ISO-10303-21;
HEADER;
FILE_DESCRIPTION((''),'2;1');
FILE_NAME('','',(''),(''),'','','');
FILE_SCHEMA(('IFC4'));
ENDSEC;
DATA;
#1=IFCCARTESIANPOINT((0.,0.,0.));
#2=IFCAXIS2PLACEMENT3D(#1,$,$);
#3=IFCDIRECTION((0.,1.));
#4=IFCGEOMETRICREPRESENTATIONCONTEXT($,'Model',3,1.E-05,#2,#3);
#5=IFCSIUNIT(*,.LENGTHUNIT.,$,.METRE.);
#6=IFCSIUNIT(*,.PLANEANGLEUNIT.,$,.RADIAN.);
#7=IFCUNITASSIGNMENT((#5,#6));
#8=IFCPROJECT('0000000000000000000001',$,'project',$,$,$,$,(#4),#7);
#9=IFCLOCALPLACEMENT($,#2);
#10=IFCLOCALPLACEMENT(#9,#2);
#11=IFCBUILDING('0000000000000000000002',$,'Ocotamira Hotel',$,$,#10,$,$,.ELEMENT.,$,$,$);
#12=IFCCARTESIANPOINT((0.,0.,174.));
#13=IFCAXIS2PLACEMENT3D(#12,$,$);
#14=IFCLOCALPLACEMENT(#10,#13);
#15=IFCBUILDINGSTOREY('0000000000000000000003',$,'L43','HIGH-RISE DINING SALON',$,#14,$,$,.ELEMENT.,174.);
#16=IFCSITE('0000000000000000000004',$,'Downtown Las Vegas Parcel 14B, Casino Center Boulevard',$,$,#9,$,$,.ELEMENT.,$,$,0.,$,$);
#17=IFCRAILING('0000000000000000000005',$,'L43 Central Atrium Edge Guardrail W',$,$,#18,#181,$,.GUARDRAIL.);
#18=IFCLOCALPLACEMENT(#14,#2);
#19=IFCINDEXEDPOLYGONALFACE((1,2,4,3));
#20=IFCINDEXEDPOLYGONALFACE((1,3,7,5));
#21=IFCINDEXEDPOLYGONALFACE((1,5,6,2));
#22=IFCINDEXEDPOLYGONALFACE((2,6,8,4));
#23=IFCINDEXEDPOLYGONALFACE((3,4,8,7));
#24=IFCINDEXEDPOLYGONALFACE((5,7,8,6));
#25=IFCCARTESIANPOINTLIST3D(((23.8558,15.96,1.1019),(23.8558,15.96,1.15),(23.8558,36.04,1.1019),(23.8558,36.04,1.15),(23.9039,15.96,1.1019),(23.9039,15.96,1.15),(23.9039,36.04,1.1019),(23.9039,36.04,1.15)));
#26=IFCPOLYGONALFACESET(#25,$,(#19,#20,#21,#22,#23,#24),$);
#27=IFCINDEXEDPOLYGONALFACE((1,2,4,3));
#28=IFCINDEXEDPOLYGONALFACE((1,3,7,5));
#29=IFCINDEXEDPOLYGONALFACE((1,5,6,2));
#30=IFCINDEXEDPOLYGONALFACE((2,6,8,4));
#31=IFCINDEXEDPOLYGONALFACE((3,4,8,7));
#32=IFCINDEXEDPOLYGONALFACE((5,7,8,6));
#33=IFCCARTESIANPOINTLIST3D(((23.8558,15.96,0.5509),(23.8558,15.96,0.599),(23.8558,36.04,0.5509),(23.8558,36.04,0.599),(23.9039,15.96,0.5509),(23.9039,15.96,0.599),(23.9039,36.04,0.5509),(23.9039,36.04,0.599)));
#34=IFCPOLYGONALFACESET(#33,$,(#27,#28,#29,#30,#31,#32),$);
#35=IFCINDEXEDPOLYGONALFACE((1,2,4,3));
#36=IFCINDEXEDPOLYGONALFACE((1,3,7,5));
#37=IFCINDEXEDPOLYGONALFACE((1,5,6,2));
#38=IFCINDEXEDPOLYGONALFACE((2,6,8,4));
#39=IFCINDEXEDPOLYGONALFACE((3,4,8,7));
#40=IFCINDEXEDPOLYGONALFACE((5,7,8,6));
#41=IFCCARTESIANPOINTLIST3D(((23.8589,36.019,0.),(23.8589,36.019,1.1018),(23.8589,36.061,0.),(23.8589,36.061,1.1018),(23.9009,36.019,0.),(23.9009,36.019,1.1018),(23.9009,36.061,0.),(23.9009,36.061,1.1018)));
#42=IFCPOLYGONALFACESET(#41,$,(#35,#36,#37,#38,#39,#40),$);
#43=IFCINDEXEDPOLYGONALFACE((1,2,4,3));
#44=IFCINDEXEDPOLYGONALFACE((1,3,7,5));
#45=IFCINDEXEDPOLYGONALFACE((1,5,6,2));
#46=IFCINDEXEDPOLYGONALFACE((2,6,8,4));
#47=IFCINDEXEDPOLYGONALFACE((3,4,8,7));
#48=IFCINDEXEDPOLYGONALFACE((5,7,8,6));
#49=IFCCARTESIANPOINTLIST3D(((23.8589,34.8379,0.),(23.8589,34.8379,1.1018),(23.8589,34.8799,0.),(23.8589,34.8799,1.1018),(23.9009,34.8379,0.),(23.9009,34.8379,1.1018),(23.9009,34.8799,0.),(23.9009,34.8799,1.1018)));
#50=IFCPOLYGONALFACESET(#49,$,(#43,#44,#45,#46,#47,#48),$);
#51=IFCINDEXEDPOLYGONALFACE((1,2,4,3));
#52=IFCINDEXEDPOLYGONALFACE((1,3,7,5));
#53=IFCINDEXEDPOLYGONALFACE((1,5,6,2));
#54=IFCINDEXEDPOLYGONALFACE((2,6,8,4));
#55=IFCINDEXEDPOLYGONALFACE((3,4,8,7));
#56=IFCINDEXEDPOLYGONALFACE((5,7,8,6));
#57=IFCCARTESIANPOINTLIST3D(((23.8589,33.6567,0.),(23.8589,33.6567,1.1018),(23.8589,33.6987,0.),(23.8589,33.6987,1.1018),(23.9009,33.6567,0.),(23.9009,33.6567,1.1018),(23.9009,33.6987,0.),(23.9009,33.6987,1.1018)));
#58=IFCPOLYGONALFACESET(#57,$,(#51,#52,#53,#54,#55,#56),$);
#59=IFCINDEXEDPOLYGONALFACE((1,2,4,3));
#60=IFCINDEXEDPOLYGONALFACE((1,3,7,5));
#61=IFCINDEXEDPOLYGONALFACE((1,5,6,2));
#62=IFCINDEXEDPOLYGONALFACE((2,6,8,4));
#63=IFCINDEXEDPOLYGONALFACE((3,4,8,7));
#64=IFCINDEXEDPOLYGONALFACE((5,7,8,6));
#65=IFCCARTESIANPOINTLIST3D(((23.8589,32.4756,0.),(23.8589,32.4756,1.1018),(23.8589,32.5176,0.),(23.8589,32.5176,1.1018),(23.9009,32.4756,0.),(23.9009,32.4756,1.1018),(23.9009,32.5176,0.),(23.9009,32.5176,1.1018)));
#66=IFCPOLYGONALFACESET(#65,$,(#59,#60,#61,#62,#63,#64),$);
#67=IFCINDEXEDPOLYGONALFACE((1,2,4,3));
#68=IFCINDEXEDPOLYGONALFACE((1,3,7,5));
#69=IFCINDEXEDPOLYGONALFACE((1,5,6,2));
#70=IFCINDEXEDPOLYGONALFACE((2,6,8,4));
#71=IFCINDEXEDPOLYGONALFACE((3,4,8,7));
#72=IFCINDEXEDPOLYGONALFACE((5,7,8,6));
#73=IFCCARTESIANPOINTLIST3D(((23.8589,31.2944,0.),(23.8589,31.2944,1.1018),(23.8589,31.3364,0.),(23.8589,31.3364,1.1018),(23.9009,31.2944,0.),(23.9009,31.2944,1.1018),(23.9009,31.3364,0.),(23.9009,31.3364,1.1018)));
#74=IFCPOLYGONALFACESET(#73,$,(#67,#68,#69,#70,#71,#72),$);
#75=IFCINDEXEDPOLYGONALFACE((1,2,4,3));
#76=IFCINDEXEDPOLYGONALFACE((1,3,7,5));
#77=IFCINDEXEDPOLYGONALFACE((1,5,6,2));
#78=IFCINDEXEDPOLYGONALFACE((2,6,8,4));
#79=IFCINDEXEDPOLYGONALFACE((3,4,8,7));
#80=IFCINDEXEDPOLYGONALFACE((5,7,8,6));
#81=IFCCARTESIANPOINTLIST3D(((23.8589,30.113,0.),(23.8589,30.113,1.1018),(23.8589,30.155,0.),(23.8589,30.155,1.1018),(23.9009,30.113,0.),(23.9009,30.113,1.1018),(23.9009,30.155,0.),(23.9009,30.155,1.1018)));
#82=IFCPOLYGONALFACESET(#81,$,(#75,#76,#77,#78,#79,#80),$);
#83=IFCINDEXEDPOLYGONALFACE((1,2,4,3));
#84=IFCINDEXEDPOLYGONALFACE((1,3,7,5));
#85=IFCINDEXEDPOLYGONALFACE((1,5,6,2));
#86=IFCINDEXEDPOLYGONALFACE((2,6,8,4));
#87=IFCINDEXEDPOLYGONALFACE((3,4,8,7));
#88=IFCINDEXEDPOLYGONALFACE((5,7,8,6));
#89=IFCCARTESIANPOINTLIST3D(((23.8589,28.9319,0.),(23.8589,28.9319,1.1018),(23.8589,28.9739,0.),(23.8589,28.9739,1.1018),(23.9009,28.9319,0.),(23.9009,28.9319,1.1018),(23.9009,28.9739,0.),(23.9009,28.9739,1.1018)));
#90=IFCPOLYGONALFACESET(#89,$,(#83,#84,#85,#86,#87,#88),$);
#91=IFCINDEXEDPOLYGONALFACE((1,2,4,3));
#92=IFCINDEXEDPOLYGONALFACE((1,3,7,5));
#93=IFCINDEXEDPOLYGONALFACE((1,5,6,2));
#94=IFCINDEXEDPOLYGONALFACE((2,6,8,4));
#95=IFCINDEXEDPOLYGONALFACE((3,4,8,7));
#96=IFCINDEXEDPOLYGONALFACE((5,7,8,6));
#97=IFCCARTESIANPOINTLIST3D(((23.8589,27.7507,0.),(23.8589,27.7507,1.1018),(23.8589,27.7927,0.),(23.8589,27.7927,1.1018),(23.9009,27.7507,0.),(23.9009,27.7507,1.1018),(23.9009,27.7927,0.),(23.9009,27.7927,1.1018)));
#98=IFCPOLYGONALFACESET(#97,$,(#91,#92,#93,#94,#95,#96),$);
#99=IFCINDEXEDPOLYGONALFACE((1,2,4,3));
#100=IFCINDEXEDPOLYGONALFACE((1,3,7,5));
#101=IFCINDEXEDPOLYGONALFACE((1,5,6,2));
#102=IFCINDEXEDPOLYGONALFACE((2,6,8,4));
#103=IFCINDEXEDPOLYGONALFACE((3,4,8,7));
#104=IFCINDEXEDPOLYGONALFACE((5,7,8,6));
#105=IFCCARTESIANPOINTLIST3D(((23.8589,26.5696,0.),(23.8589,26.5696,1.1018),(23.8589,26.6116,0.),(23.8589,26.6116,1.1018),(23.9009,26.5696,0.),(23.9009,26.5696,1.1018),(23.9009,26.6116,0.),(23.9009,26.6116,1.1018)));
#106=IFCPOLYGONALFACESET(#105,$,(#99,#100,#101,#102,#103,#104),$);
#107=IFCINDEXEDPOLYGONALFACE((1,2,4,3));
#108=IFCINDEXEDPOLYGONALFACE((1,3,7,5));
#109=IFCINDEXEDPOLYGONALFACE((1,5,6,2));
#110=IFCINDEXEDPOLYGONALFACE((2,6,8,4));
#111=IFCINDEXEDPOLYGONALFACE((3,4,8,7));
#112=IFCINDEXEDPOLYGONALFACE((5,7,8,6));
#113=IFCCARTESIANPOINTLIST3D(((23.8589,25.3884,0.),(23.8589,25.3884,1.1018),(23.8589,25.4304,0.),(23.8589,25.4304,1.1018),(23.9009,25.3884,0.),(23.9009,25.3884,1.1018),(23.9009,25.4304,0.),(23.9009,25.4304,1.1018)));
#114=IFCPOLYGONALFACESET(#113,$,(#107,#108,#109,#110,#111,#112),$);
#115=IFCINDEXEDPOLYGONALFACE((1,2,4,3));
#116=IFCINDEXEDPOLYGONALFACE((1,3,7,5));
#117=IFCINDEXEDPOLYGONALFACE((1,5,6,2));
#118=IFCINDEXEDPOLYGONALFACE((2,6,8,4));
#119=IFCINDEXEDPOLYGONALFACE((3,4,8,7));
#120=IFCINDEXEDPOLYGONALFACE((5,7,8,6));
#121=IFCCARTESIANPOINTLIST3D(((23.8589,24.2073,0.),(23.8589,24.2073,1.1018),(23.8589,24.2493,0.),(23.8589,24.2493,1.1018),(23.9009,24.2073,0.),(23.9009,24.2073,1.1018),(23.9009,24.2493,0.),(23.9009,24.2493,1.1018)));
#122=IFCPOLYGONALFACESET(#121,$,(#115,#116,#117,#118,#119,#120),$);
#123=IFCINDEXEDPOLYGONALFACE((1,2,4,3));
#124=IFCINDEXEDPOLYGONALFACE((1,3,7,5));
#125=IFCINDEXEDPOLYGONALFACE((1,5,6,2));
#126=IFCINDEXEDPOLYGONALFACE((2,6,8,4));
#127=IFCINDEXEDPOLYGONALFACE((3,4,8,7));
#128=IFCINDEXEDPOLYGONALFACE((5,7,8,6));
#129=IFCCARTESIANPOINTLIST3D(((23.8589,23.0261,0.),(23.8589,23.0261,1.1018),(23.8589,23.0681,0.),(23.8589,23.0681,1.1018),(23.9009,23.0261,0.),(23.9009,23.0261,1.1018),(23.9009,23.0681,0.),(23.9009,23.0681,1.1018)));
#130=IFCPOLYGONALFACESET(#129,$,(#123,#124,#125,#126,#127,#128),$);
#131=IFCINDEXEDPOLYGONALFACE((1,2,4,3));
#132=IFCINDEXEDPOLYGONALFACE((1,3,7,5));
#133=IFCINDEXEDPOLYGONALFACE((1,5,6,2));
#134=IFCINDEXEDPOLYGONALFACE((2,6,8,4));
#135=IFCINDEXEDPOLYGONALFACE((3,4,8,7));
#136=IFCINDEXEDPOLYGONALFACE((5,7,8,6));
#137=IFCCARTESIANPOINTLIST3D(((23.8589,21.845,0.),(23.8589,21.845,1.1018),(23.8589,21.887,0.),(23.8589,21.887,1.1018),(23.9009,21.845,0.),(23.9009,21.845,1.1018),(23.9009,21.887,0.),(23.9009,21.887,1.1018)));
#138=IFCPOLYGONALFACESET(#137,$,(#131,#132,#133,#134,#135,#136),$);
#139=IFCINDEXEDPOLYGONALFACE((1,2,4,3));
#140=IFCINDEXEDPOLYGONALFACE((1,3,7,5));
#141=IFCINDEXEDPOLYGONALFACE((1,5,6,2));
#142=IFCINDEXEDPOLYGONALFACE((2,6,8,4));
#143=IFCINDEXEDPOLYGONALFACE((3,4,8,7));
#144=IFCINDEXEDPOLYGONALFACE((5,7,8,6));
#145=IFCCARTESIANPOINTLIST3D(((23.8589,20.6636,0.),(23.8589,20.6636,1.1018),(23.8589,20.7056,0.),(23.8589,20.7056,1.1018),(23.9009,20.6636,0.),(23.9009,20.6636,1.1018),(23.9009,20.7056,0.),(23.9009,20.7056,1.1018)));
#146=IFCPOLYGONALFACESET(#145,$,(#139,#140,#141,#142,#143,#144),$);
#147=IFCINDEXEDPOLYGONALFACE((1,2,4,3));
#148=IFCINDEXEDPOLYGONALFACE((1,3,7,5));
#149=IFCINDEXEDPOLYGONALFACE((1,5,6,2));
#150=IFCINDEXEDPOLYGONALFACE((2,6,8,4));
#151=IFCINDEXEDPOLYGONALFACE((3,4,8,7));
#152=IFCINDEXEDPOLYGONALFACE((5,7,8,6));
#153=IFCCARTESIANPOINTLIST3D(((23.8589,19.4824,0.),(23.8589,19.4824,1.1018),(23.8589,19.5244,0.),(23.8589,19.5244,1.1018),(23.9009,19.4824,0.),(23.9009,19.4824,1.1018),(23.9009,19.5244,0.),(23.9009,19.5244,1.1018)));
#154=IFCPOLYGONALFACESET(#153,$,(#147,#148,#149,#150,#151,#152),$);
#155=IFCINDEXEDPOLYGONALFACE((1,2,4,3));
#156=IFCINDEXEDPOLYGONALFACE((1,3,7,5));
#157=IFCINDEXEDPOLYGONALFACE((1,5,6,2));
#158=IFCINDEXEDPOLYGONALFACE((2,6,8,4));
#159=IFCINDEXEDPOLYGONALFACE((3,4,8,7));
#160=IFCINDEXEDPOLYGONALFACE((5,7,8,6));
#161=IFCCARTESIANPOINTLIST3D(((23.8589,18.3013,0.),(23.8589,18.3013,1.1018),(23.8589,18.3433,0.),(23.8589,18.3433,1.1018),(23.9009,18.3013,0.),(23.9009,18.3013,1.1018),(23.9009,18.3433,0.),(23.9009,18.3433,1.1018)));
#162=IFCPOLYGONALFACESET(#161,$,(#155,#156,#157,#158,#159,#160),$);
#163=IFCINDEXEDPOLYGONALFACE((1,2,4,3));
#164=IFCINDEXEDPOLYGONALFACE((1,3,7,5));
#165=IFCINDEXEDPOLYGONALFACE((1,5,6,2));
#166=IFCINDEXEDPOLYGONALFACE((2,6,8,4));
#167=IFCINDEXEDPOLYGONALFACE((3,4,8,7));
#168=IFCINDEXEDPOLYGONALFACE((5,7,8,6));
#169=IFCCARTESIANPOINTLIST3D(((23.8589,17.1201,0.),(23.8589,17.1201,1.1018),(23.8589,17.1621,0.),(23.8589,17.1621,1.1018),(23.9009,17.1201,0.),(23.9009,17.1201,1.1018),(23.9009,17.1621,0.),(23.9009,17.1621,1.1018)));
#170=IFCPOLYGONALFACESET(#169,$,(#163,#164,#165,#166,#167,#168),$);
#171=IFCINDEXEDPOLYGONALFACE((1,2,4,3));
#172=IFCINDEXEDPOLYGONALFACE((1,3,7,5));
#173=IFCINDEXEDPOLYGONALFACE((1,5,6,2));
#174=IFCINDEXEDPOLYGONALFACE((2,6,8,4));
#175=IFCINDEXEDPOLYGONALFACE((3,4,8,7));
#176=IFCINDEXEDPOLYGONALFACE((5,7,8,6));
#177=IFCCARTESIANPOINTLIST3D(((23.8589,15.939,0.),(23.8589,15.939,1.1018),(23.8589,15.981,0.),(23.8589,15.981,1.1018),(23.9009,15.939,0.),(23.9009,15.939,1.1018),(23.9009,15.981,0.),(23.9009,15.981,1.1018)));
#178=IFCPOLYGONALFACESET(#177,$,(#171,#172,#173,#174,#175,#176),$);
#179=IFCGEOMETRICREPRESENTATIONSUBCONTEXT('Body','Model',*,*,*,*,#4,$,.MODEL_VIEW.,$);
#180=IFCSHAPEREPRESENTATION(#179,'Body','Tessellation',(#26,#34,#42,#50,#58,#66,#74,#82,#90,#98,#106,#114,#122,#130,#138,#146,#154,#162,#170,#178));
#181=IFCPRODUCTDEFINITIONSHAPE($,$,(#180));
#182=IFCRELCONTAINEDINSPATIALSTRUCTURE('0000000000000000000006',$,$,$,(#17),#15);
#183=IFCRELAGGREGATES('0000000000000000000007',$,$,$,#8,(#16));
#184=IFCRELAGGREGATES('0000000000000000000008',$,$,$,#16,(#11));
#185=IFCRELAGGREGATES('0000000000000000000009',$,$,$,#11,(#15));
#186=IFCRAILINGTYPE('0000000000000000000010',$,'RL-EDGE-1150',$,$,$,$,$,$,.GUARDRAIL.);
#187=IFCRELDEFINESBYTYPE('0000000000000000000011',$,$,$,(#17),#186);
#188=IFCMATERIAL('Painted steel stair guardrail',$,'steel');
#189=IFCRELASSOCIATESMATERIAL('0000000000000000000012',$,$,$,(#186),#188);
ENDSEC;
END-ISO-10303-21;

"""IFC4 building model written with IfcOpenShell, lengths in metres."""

from ifc_helpers import new_model, si_unit, direction, frame, origin, origin_2d, place, context, subcontext, project, spatial, rectangle, extrude, material, type_object, element, save


model = new_model("IFC4")

# Units and contexts
model_context = context("Model", 3, precision=1e-05, world=origin(), true_north=direction((0.0, 1.0)))
body_context = subcontext(model_context, "Body", "Model", "MODEL_VIEW")
ifc_project = project(units=[si_unit("LENGTHUNIT", "METRE"), si_unit("PLANEANGLEUNIT", "RADIAN")], contexts=[model_context])

# Site, building, storey
site_placement = place(None, origin())
site = spatial("IfcSite", under=ifc_project, at=site_placement, Name="Downtown Las Vegas Parcel 14B, Casino Center Boulevard", CompositionType="ELEMENT", RefElevation=0.0)
building_placement = place(site_placement, origin())
building = spatial("IfcBuilding", under=site, at=building_placement, Name="Ocotamira Hotel", CompositionType="ELEMENT")
storey_placement = place(building_placement, frame((0.0, 0.0, 174.0)))
storey = spatial("IfcBuildingStorey", under=building, at=storey_placement, Name="L43", Description="HIGH-RISE DINING SALON", CompositionType="ELEMENT", Elevation=174.0)

# Railing
ifc_material_1 = material(Name="Painted steel stair guardrail", Category="steel")
railing_type = type_object("IfcRailingType", Name="RL-EDGE-1150", PredefinedType="GUARDRAIL", material=ifc_material_1)
railing_placement = place(storey_placement, frame((23.8799, 36.04, 0.0)))
element("IfcRailing", 1, at=railing_placement, inside=storey, type_object=railing_type, Name="L43 Central Atrium Edge Guardrail W", PredefinedType="GUARDRAIL", context=body_context, shape_type="SweptSolid", body=[
    extrude(rectangle(XDim=0.0481, YDim=0.0481, at=origin_2d()), frame((0.0, 0.0, 1.126), z_axis=(0.0, -1.0, 0.0), x_axis=(1.0, 0.0, 0.0)), (0.0, 0.0, 1.0), 20.0801),
    extrude(rectangle(XDim=0.0481, YDim=0.0481, at=origin_2d()), frame((0.0, 0.0, 0.575), z_axis=(0.0, -1.0, 0.0), x_axis=(1.0, 0.0, 0.0)), (0.0, 0.0, 1.0), 20.0801),
    extrude(rectangle(XDim=0.042, YDim=0.042, at=origin_2d()), origin(), (0.0, 0.0, 1.0), 1.1018),
    extrude(rectangle(XDim=0.042, YDim=0.042, at=origin_2d()), frame((0.0, -1.1812, 0.0)), (0.0, 0.0, 1.0), 1.1018),
    extrude(rectangle(XDim=0.042, YDim=0.042, at=origin_2d()), frame((0.0, -2.3623, 0.0)), (0.0, 0.0, 1.0), 1.1018),
    extrude(rectangle(XDim=0.042, YDim=0.042, at=origin_2d()), frame((0.0, -3.5435, 0.0)), (0.0, 0.0, 1.0), 1.1018),
    extrude(rectangle(XDim=0.042, YDim=0.042, at=origin_2d()), frame((0.0, -4.7246, 0.0)), (0.0, 0.0, 1.0), 1.1018),
    extrude(rectangle(XDim=0.042, YDim=0.042, at=origin_2d()), frame((0.0, -5.906, 0.0)), (0.0, 0.0, 1.0), 1.1018),
    extrude(rectangle(XDim=0.042, YDim=0.042, at=origin_2d()), frame((0.0, -7.0872, 0.0)), (0.0, 0.0, 1.0), 1.1018),
    extrude(rectangle(XDim=0.042, YDim=0.042, at=origin_2d()), frame((0.0, -8.2683, 0.0)), (0.0, 0.0, 1.0), 1.1018),
    extrude(rectangle(XDim=0.042, YDim=0.042, at=origin_2d()), frame((0.0, -9.4495, 0.0)), (0.0, 0.0, 1.0), 1.1018),
    extrude(rectangle(XDim=0.042, YDim=0.042, at=origin_2d()), frame((0.0, -10.6306, 0.0)), (0.0, 0.0, 1.0), 1.1018),
    extrude(rectangle(XDim=0.042, YDim=0.042, at=origin_2d()), frame((0.0, -11.8118, 0.0)), (0.0, 0.0, 1.0), 1.1018),
    extrude(rectangle(XDim=0.042, YDim=0.042, at=origin_2d()), frame((0.0, -12.9929, 0.0)), (0.0, 0.0, 1.0), 1.1018),
    extrude(rectangle(XDim=0.042, YDim=0.042, at=origin_2d()), frame((0.0, -14.1741, 0.0)), (0.0, 0.0, 1.0), 1.1018),
    extrude(rectangle(XDim=0.042, YDim=0.042, at=origin_2d()), frame((0.0, -15.3555, 0.0)), (0.0, 0.0, 1.0), 1.1018),
    extrude(rectangle(XDim=0.042, YDim=0.042, at=origin_2d()), frame((0.0, -16.5366, 0.0)), (0.0, 0.0, 1.0), 1.1018),
    extrude(rectangle(XDim=0.042, YDim=0.042, at=origin_2d()), frame((0.0, -17.7178, 0.0)), (0.0, 0.0, 1.0), 1.1018),
    extrude(rectangle(XDim=0.042, YDim=0.042, at=origin_2d()), frame((0.0, -18.8989, 0.0)), (0.0, 0.0, 1.0), 1.1018),
    extrude(rectangle(XDim=0.042, YDim=0.042, at=origin_2d()), frame((0.0, -20.0801, 0.0)), (0.0, 0.0, 1.0), 1.1018),
])

save(model, "model.ifc")
